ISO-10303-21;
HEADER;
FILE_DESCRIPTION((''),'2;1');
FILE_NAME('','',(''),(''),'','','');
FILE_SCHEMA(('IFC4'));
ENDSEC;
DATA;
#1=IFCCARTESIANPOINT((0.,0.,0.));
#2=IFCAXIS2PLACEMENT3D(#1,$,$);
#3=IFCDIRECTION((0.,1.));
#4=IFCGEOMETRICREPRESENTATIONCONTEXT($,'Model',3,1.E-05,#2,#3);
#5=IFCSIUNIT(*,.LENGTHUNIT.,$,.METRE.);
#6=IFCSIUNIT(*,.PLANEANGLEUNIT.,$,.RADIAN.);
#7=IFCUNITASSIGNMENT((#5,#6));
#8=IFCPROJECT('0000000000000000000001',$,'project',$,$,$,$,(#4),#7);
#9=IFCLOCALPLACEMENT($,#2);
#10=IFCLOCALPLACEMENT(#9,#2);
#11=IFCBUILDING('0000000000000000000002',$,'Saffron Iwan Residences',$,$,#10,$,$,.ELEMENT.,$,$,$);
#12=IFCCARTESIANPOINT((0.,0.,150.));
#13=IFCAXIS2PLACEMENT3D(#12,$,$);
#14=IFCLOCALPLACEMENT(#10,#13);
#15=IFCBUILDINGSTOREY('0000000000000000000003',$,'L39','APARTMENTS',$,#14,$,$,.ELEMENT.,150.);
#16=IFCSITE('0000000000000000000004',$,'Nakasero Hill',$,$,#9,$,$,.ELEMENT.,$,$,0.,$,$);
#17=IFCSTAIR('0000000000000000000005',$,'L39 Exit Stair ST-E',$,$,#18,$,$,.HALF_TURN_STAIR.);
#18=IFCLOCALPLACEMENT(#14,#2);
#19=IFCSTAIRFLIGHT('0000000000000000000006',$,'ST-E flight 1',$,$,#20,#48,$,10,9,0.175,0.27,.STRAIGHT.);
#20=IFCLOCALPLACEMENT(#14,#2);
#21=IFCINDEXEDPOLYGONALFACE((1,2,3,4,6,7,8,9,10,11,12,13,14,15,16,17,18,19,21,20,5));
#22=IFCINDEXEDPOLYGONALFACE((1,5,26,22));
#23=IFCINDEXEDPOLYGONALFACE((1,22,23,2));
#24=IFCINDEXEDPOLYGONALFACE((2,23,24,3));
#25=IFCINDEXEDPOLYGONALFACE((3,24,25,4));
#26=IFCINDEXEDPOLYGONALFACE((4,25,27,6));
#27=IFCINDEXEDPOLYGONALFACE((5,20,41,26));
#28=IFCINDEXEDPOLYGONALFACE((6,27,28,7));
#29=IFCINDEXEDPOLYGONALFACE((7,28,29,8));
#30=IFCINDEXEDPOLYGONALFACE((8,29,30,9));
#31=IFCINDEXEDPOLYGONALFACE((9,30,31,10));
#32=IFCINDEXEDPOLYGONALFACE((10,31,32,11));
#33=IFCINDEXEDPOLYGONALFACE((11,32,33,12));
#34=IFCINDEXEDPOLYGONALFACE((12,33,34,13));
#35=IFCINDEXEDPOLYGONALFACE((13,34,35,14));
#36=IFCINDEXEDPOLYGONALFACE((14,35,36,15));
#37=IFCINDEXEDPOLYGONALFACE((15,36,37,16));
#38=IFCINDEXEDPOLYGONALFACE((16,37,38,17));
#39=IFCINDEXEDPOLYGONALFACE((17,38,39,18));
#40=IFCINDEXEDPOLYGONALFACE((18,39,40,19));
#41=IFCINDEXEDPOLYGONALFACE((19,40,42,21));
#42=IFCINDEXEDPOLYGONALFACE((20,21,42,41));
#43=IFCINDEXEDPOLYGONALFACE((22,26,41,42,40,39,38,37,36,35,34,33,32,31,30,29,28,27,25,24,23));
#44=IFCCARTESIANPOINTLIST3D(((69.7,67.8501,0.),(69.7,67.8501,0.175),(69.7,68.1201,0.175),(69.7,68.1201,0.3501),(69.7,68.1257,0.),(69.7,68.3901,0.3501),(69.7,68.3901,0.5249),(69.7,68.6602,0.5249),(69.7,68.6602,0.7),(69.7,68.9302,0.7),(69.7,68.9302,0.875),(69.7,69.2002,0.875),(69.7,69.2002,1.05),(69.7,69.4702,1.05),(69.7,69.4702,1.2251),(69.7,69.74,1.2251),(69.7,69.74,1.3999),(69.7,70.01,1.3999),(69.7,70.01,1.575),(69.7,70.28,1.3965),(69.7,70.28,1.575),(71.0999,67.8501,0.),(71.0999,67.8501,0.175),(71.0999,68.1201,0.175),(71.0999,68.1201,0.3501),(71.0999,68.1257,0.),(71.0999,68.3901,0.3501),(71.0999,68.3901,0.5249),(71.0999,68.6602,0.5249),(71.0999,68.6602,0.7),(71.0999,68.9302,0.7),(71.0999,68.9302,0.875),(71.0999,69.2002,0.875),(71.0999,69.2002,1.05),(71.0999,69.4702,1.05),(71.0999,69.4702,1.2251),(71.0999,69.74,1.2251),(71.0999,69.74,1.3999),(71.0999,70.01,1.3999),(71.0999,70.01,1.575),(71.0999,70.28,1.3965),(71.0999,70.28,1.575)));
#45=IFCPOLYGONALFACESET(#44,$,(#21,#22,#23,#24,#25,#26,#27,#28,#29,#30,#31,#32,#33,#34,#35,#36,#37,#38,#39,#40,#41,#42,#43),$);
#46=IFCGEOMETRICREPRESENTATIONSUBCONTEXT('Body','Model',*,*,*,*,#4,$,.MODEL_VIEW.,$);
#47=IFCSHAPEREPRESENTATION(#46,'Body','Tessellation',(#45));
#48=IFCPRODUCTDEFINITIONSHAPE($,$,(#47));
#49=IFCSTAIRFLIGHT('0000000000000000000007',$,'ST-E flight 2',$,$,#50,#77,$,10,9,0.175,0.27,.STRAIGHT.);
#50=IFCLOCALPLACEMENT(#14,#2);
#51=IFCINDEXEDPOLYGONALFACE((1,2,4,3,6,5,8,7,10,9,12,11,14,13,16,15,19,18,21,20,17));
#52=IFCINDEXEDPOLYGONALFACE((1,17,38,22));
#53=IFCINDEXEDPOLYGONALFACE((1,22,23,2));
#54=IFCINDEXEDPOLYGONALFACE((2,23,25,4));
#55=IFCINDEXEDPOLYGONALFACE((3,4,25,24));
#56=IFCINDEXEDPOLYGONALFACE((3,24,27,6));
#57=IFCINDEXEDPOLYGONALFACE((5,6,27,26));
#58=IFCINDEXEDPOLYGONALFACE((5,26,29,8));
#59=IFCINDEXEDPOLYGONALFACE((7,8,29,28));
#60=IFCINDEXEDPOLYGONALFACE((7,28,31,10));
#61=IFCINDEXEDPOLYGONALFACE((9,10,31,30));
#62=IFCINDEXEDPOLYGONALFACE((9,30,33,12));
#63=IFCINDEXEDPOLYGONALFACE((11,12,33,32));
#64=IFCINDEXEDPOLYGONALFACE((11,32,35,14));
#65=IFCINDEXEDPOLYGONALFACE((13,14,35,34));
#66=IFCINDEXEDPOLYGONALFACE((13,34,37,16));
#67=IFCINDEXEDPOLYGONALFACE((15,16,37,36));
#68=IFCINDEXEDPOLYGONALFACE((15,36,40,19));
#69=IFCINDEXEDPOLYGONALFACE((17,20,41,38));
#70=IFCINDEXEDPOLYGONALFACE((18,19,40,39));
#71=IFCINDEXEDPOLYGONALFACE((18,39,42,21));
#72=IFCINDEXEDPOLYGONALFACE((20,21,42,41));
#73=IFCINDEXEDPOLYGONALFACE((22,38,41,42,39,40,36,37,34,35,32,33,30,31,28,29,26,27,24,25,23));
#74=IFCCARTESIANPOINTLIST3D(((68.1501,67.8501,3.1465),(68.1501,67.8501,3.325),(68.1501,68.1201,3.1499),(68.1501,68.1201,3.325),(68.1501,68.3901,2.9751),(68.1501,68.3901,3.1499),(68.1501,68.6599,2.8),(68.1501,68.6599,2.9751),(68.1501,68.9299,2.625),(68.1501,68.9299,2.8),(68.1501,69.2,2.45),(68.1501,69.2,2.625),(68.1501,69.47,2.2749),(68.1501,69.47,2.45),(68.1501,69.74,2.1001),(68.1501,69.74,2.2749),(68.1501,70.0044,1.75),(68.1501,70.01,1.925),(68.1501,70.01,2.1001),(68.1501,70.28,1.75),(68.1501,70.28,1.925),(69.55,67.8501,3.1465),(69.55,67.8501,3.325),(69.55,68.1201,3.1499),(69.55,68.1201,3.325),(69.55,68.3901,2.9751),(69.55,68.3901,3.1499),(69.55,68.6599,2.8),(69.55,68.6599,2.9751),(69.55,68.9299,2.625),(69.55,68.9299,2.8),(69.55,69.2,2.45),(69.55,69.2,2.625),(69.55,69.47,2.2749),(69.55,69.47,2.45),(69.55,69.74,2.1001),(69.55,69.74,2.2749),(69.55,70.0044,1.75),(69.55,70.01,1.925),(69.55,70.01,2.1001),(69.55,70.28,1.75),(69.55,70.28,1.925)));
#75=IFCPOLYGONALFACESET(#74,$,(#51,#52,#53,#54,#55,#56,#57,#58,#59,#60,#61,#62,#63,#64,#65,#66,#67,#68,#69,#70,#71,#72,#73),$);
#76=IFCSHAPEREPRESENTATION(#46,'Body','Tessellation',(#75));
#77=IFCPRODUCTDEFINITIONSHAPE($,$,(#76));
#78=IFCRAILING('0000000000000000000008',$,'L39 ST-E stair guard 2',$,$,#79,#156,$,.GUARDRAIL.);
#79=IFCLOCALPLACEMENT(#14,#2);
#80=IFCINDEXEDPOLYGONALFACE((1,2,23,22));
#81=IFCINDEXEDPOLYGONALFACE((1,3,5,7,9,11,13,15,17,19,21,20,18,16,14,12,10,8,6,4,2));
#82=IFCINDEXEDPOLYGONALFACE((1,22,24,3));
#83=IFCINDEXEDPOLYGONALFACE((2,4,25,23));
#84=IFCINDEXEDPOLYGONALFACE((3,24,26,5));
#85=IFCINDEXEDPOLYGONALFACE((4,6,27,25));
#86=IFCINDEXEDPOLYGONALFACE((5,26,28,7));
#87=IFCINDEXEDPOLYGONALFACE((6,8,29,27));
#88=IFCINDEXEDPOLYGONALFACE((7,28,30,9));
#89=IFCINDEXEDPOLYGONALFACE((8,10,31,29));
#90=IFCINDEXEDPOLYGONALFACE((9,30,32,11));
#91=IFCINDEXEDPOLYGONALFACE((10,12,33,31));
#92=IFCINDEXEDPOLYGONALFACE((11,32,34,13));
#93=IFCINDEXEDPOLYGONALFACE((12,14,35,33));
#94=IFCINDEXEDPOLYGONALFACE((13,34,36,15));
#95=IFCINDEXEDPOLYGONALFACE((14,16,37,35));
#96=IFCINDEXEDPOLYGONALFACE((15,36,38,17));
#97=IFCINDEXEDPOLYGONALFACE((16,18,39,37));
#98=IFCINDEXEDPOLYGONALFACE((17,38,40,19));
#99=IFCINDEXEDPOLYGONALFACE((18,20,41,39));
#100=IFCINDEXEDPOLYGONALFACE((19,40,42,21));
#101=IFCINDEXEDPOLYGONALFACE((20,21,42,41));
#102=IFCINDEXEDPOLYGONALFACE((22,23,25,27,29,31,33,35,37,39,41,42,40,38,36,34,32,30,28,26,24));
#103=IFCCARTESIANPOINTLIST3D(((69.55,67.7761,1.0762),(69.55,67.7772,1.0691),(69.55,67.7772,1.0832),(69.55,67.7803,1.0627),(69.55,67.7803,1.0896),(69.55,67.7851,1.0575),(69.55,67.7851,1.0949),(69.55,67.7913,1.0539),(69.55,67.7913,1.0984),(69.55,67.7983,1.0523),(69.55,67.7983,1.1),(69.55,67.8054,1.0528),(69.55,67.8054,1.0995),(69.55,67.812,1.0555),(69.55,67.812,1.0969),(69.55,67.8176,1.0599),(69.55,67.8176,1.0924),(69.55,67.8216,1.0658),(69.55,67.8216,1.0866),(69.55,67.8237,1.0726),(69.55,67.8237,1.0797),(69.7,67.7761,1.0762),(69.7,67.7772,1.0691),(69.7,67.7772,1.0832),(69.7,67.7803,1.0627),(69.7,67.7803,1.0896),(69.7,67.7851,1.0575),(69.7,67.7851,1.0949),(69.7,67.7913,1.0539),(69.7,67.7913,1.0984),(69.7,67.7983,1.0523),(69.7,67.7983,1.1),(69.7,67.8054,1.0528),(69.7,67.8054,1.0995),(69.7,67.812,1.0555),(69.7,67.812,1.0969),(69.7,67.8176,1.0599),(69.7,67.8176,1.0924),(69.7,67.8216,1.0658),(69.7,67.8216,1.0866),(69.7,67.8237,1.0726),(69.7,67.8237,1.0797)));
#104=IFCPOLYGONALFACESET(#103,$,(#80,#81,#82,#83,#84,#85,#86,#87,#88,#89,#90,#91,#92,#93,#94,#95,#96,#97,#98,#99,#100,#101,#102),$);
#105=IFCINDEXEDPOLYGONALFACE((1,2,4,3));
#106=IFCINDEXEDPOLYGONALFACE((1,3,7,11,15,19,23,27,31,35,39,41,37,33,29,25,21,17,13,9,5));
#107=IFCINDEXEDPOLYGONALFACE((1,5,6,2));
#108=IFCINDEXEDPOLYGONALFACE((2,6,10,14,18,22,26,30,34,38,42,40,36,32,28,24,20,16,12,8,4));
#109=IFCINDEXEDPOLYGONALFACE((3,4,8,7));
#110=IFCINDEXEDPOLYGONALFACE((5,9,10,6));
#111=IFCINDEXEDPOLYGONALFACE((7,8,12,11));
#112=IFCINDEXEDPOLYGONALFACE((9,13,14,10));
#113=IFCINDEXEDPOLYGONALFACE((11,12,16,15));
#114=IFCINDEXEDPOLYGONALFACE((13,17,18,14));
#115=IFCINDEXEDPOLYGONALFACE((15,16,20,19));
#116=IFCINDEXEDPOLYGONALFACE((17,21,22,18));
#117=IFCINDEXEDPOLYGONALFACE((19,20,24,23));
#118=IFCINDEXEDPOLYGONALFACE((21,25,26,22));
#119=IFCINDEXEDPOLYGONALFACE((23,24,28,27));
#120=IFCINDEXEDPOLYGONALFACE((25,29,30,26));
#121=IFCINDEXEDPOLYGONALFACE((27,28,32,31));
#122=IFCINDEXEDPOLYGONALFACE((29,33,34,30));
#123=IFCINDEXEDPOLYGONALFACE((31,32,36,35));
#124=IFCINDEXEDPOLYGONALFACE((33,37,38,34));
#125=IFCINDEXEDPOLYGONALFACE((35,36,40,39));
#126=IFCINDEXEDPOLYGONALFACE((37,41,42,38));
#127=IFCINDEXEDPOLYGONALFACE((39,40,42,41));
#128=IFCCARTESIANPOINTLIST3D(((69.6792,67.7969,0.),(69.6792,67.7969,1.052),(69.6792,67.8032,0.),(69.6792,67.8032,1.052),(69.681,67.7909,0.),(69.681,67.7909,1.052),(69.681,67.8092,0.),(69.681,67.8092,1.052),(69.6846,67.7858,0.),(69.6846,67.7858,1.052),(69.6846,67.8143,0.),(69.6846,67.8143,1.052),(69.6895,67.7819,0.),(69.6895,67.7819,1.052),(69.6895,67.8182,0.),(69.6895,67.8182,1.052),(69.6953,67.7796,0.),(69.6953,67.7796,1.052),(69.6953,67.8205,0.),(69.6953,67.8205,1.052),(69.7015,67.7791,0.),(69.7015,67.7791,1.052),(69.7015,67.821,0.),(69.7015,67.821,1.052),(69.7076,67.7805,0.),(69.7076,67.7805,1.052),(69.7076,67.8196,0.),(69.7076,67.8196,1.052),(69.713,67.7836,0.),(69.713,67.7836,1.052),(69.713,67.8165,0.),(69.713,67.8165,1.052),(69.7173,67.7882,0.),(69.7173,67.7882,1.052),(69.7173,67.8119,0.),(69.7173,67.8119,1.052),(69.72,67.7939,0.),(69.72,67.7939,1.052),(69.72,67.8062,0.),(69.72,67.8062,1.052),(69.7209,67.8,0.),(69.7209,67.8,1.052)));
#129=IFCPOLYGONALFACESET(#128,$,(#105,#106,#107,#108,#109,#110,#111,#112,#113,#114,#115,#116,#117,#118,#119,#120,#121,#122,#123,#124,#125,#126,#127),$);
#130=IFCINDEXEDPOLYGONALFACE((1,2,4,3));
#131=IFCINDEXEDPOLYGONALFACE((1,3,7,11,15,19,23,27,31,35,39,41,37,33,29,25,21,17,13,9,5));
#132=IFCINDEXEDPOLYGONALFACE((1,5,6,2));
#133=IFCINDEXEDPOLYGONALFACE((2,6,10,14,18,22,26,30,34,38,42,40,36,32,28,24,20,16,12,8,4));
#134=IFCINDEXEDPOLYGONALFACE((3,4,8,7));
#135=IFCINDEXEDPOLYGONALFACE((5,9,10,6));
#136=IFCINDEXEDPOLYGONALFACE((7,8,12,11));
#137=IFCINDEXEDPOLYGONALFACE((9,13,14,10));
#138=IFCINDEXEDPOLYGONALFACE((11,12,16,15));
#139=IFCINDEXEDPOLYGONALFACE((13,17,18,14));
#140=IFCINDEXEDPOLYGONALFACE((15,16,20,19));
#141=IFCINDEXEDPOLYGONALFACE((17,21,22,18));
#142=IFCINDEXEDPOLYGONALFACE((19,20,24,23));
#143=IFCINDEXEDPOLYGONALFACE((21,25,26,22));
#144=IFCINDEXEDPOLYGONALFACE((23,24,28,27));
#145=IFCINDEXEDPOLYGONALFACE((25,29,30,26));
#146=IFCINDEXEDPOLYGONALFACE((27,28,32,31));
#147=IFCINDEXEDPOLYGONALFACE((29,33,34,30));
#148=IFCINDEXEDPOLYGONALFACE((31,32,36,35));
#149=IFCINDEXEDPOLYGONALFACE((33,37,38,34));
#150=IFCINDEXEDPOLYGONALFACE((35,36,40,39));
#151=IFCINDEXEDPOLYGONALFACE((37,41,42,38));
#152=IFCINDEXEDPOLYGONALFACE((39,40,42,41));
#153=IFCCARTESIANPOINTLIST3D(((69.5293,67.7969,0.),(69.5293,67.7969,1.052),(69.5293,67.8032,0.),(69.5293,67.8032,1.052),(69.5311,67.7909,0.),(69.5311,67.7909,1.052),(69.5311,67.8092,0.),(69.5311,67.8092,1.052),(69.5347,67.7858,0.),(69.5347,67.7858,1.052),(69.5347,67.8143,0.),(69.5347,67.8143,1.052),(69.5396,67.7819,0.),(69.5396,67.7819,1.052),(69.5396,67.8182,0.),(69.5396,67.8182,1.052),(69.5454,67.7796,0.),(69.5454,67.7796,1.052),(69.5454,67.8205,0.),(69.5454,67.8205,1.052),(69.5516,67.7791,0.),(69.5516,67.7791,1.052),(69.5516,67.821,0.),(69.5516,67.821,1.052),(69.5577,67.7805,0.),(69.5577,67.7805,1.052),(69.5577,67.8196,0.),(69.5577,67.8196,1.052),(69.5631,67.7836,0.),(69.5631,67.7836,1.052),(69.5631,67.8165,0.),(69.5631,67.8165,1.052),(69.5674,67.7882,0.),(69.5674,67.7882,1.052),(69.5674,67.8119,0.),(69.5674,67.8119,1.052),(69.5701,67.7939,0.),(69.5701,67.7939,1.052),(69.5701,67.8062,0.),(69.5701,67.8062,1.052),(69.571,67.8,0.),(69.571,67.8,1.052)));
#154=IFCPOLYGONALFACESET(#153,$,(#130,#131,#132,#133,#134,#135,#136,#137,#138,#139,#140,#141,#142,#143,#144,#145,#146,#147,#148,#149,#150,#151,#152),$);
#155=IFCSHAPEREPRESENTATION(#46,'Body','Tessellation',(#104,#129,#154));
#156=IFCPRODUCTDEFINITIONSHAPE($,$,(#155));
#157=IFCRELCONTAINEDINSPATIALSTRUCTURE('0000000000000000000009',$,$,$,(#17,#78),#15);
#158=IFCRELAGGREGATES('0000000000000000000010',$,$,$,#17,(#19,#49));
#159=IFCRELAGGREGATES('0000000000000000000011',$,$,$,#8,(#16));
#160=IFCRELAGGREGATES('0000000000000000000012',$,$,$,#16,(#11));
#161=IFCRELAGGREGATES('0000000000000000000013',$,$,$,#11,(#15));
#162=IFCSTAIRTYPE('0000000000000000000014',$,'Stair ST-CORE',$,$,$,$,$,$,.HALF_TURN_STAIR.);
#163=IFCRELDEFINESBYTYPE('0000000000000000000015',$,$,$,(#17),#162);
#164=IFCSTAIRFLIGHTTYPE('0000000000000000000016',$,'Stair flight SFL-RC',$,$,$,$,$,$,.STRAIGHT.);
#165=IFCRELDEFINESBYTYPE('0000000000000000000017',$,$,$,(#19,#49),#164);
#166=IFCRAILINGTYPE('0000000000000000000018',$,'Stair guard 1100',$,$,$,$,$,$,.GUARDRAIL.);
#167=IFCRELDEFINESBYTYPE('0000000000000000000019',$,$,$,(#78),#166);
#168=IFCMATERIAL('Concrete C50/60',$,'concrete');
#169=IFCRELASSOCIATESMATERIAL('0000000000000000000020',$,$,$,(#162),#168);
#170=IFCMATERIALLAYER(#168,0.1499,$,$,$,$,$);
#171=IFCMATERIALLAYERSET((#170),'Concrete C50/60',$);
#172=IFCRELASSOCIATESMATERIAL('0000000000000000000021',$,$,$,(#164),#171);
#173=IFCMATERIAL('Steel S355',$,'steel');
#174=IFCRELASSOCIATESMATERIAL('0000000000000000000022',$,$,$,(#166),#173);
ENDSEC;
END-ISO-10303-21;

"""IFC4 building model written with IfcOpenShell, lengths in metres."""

from ifc_helpers import new_model, si_unit, direction, frame, origin, origin_2d, place, context, subcontext, project, spatial, polyline, circle, outline, extrude, material, layer, layer_set, type_object, element, aggregate, save


model = new_model("IFC4")

# Units and contexts
model_context = context("Model", 3, precision=1e-05, world=origin(), true_north=direction((0.0, 1.0)))
body_context = subcontext(model_context, "Body", "Model", "MODEL_VIEW")
ifc_project = project(units=[si_unit("LENGTHUNIT", "METRE"), si_unit("PLANEANGLEUNIT", "RADIAN")], contexts=[model_context])

# Site, building, storey
site_placement = place(None, origin())
site = spatial("IfcSite", under=ifc_project, at=site_placement, Name="Nakasero Hill", CompositionType="ELEMENT", RefElevation=0.0)
building_placement = place(site_placement, origin())
building = spatial("IfcBuilding", under=site, at=building_placement, Name="Saffron Iwan Residences", CompositionType="ELEMENT")
storey_placement = place(building_placement, frame((0.0, 0.0, 150.0)))
storey = spatial("IfcBuildingStorey", under=building, at=storey_placement, Name="L39", Description="APARTMENTS", CompositionType="ELEMENT", Elevation=150.0)

# Shared definitions
ifc_material_1 = material(Name="Concrete C50/60", Category="concrete")

# Stair, stair flights
stair_type = type_object("IfcStairType", Name="Stair ST-CORE", PredefinedType="HALF_TURN_STAIR", material=ifc_material_1)
stair_placement = place(storey_placement, origin())
stair = element("IfcStair", 1, at=stair_placement, inside=storey, type_object=stair_type, Name="L39 Exit Stair ST-E", PredefinedType="HALF_TURN_STAIR")
ifc_layer_1 = layer(ifc_material_1, 0.1499)
ifc_layer_set_1 = layer_set([ifc_layer_1], Name="Concrete C50/60")
stair_flight_type = type_object("IfcStairFlightType", Name="Stair flight SFL-RC", PredefinedType="STRAIGHT", material=ifc_layer_set_1)
stair_flight_1_placement = place(storey_placement, frame((70.3999, 67.8501, 0.0), z_axis=(0.0, 0.0, 1.0), x_axis=(0.0, 1.0, 0.0)))
stair_flight_1 = element("IfcStairFlight", 2, at=stair_flight_1_placement, type_object=stair_flight_type, Name="ST-E flight 1", NumberOfRisers=10, NumberOfTreads=9, PredefinedType="STRAIGHT", RiserHeight=0.175, TreadLength=0.27, context=body_context, shape_type="SweptSolid", body=[
    extrude(outline(polyline([(0.0, 0.0), (0.0, 0.175), (0.27, 0.175), (0.27, 0.3501), (0.54, 0.3501), (0.54, 0.5249), (0.8101, 0.5249), (0.8101, 0.7), (1.0801, 0.7), (1.0801, 0.875), (1.3501, 0.875), (1.3501, 1.05), (1.6201, 1.05), (1.6201, 1.2251), (1.8899, 1.2251), (1.8899, 1.3999), (2.1599, 1.3999), (2.1599, 1.575), (2.4299, 1.575), (2.4299, 1.75), (2.4299, 1.3965), (0.2756, 0.0), (0.0, 0.0)])), frame((0.0, 0.7, 0.0), z_axis=(0.0, -1.0, 0.0), x_axis=(1.0, 0.0, 0.0)), (0.0, 0.0, 1.0), 1.3999),
])
stair_flight_2_placement = place(storey_placement, frame((68.8501, 70.28, 1.75), z_axis=(0.0, 0.0, 1.0), x_axis=(0.0, -1.0, 0.0)))
stair_flight_2 = element("IfcStairFlight", 3, at=stair_flight_2_placement, type_object=stair_flight_type, Name="ST-E flight 2", NumberOfRisers=10, NumberOfTreads=9, PredefinedType="STRAIGHT", RiserHeight=0.175, TreadLength=0.27, context=body_context, shape_type="SweptSolid", body=[
    extrude(outline(polyline([(0.0, 0.0), (0.0, 0.175), (0.27, 0.175), (0.27, 0.3501), (0.54, 0.3501), (0.54, 0.5249), (0.8101, 0.5249), (0.8101, 0.7), (1.0801, 0.7), (1.0801, 0.875), (1.3501, 0.875), (1.3501, 1.05), (1.6201, 1.05), (1.6201, 1.2251), (1.8899, 1.2251), (1.8899, 1.3999), (2.1599, 1.3999), (2.1599, 1.575), (2.4299, 1.575), (2.4299, 1.75), (2.4299, 1.3965), (0.2756, 0.0), (0.0, 0.0)])), frame((0.0, 0.7, 0.0), z_axis=(0.0, -1.0, 0.0), x_axis=(1.0, 0.0, 0.0)), (0.0, 0.0, 1.0), 1.3999),
])
aggregate(stair, [stair_flight_1, stair_flight_2])

# Railing
ifc_material_2 = material(Name="Steel S355", Category="steel")
railing_type_1 = type_object("IfcRailingType", Name="Stair guard 1100", PredefinedType="GUARDRAIL", material=ifc_material_2)
railing_1_placement = place(storey_placement, frame((69.7, 67.8, 0.0)))
element("IfcRailing", 4, at=railing_1_placement, inside=storey, type_object=railing_type_1, Name="L39 ST-E stair guard 2", PredefinedType="GUARDRAIL", context=body_context, shape_type="SweptSolid", body=[
    extrude(circle(Radius=0.0239, at=origin_2d()), frame((0.0, 0.0, 1.0762), z_axis=(-1.0, 0.0, 0.0), x_axis=(0.0, -1.0, 0.0)), (0.0, 0.0, 1.0), 0.1499),
    extrude(circle(Radius=0.021, at=origin_2d()), origin(), (0.0, 0.0, 1.0), 1.052),
    extrude(circle(Radius=0.021, at=origin_2d()), frame((-0.1499, 0.0, 0.0)), (0.0, 0.0, 1.0), 1.052),
])

save(model, "model.ifc")
